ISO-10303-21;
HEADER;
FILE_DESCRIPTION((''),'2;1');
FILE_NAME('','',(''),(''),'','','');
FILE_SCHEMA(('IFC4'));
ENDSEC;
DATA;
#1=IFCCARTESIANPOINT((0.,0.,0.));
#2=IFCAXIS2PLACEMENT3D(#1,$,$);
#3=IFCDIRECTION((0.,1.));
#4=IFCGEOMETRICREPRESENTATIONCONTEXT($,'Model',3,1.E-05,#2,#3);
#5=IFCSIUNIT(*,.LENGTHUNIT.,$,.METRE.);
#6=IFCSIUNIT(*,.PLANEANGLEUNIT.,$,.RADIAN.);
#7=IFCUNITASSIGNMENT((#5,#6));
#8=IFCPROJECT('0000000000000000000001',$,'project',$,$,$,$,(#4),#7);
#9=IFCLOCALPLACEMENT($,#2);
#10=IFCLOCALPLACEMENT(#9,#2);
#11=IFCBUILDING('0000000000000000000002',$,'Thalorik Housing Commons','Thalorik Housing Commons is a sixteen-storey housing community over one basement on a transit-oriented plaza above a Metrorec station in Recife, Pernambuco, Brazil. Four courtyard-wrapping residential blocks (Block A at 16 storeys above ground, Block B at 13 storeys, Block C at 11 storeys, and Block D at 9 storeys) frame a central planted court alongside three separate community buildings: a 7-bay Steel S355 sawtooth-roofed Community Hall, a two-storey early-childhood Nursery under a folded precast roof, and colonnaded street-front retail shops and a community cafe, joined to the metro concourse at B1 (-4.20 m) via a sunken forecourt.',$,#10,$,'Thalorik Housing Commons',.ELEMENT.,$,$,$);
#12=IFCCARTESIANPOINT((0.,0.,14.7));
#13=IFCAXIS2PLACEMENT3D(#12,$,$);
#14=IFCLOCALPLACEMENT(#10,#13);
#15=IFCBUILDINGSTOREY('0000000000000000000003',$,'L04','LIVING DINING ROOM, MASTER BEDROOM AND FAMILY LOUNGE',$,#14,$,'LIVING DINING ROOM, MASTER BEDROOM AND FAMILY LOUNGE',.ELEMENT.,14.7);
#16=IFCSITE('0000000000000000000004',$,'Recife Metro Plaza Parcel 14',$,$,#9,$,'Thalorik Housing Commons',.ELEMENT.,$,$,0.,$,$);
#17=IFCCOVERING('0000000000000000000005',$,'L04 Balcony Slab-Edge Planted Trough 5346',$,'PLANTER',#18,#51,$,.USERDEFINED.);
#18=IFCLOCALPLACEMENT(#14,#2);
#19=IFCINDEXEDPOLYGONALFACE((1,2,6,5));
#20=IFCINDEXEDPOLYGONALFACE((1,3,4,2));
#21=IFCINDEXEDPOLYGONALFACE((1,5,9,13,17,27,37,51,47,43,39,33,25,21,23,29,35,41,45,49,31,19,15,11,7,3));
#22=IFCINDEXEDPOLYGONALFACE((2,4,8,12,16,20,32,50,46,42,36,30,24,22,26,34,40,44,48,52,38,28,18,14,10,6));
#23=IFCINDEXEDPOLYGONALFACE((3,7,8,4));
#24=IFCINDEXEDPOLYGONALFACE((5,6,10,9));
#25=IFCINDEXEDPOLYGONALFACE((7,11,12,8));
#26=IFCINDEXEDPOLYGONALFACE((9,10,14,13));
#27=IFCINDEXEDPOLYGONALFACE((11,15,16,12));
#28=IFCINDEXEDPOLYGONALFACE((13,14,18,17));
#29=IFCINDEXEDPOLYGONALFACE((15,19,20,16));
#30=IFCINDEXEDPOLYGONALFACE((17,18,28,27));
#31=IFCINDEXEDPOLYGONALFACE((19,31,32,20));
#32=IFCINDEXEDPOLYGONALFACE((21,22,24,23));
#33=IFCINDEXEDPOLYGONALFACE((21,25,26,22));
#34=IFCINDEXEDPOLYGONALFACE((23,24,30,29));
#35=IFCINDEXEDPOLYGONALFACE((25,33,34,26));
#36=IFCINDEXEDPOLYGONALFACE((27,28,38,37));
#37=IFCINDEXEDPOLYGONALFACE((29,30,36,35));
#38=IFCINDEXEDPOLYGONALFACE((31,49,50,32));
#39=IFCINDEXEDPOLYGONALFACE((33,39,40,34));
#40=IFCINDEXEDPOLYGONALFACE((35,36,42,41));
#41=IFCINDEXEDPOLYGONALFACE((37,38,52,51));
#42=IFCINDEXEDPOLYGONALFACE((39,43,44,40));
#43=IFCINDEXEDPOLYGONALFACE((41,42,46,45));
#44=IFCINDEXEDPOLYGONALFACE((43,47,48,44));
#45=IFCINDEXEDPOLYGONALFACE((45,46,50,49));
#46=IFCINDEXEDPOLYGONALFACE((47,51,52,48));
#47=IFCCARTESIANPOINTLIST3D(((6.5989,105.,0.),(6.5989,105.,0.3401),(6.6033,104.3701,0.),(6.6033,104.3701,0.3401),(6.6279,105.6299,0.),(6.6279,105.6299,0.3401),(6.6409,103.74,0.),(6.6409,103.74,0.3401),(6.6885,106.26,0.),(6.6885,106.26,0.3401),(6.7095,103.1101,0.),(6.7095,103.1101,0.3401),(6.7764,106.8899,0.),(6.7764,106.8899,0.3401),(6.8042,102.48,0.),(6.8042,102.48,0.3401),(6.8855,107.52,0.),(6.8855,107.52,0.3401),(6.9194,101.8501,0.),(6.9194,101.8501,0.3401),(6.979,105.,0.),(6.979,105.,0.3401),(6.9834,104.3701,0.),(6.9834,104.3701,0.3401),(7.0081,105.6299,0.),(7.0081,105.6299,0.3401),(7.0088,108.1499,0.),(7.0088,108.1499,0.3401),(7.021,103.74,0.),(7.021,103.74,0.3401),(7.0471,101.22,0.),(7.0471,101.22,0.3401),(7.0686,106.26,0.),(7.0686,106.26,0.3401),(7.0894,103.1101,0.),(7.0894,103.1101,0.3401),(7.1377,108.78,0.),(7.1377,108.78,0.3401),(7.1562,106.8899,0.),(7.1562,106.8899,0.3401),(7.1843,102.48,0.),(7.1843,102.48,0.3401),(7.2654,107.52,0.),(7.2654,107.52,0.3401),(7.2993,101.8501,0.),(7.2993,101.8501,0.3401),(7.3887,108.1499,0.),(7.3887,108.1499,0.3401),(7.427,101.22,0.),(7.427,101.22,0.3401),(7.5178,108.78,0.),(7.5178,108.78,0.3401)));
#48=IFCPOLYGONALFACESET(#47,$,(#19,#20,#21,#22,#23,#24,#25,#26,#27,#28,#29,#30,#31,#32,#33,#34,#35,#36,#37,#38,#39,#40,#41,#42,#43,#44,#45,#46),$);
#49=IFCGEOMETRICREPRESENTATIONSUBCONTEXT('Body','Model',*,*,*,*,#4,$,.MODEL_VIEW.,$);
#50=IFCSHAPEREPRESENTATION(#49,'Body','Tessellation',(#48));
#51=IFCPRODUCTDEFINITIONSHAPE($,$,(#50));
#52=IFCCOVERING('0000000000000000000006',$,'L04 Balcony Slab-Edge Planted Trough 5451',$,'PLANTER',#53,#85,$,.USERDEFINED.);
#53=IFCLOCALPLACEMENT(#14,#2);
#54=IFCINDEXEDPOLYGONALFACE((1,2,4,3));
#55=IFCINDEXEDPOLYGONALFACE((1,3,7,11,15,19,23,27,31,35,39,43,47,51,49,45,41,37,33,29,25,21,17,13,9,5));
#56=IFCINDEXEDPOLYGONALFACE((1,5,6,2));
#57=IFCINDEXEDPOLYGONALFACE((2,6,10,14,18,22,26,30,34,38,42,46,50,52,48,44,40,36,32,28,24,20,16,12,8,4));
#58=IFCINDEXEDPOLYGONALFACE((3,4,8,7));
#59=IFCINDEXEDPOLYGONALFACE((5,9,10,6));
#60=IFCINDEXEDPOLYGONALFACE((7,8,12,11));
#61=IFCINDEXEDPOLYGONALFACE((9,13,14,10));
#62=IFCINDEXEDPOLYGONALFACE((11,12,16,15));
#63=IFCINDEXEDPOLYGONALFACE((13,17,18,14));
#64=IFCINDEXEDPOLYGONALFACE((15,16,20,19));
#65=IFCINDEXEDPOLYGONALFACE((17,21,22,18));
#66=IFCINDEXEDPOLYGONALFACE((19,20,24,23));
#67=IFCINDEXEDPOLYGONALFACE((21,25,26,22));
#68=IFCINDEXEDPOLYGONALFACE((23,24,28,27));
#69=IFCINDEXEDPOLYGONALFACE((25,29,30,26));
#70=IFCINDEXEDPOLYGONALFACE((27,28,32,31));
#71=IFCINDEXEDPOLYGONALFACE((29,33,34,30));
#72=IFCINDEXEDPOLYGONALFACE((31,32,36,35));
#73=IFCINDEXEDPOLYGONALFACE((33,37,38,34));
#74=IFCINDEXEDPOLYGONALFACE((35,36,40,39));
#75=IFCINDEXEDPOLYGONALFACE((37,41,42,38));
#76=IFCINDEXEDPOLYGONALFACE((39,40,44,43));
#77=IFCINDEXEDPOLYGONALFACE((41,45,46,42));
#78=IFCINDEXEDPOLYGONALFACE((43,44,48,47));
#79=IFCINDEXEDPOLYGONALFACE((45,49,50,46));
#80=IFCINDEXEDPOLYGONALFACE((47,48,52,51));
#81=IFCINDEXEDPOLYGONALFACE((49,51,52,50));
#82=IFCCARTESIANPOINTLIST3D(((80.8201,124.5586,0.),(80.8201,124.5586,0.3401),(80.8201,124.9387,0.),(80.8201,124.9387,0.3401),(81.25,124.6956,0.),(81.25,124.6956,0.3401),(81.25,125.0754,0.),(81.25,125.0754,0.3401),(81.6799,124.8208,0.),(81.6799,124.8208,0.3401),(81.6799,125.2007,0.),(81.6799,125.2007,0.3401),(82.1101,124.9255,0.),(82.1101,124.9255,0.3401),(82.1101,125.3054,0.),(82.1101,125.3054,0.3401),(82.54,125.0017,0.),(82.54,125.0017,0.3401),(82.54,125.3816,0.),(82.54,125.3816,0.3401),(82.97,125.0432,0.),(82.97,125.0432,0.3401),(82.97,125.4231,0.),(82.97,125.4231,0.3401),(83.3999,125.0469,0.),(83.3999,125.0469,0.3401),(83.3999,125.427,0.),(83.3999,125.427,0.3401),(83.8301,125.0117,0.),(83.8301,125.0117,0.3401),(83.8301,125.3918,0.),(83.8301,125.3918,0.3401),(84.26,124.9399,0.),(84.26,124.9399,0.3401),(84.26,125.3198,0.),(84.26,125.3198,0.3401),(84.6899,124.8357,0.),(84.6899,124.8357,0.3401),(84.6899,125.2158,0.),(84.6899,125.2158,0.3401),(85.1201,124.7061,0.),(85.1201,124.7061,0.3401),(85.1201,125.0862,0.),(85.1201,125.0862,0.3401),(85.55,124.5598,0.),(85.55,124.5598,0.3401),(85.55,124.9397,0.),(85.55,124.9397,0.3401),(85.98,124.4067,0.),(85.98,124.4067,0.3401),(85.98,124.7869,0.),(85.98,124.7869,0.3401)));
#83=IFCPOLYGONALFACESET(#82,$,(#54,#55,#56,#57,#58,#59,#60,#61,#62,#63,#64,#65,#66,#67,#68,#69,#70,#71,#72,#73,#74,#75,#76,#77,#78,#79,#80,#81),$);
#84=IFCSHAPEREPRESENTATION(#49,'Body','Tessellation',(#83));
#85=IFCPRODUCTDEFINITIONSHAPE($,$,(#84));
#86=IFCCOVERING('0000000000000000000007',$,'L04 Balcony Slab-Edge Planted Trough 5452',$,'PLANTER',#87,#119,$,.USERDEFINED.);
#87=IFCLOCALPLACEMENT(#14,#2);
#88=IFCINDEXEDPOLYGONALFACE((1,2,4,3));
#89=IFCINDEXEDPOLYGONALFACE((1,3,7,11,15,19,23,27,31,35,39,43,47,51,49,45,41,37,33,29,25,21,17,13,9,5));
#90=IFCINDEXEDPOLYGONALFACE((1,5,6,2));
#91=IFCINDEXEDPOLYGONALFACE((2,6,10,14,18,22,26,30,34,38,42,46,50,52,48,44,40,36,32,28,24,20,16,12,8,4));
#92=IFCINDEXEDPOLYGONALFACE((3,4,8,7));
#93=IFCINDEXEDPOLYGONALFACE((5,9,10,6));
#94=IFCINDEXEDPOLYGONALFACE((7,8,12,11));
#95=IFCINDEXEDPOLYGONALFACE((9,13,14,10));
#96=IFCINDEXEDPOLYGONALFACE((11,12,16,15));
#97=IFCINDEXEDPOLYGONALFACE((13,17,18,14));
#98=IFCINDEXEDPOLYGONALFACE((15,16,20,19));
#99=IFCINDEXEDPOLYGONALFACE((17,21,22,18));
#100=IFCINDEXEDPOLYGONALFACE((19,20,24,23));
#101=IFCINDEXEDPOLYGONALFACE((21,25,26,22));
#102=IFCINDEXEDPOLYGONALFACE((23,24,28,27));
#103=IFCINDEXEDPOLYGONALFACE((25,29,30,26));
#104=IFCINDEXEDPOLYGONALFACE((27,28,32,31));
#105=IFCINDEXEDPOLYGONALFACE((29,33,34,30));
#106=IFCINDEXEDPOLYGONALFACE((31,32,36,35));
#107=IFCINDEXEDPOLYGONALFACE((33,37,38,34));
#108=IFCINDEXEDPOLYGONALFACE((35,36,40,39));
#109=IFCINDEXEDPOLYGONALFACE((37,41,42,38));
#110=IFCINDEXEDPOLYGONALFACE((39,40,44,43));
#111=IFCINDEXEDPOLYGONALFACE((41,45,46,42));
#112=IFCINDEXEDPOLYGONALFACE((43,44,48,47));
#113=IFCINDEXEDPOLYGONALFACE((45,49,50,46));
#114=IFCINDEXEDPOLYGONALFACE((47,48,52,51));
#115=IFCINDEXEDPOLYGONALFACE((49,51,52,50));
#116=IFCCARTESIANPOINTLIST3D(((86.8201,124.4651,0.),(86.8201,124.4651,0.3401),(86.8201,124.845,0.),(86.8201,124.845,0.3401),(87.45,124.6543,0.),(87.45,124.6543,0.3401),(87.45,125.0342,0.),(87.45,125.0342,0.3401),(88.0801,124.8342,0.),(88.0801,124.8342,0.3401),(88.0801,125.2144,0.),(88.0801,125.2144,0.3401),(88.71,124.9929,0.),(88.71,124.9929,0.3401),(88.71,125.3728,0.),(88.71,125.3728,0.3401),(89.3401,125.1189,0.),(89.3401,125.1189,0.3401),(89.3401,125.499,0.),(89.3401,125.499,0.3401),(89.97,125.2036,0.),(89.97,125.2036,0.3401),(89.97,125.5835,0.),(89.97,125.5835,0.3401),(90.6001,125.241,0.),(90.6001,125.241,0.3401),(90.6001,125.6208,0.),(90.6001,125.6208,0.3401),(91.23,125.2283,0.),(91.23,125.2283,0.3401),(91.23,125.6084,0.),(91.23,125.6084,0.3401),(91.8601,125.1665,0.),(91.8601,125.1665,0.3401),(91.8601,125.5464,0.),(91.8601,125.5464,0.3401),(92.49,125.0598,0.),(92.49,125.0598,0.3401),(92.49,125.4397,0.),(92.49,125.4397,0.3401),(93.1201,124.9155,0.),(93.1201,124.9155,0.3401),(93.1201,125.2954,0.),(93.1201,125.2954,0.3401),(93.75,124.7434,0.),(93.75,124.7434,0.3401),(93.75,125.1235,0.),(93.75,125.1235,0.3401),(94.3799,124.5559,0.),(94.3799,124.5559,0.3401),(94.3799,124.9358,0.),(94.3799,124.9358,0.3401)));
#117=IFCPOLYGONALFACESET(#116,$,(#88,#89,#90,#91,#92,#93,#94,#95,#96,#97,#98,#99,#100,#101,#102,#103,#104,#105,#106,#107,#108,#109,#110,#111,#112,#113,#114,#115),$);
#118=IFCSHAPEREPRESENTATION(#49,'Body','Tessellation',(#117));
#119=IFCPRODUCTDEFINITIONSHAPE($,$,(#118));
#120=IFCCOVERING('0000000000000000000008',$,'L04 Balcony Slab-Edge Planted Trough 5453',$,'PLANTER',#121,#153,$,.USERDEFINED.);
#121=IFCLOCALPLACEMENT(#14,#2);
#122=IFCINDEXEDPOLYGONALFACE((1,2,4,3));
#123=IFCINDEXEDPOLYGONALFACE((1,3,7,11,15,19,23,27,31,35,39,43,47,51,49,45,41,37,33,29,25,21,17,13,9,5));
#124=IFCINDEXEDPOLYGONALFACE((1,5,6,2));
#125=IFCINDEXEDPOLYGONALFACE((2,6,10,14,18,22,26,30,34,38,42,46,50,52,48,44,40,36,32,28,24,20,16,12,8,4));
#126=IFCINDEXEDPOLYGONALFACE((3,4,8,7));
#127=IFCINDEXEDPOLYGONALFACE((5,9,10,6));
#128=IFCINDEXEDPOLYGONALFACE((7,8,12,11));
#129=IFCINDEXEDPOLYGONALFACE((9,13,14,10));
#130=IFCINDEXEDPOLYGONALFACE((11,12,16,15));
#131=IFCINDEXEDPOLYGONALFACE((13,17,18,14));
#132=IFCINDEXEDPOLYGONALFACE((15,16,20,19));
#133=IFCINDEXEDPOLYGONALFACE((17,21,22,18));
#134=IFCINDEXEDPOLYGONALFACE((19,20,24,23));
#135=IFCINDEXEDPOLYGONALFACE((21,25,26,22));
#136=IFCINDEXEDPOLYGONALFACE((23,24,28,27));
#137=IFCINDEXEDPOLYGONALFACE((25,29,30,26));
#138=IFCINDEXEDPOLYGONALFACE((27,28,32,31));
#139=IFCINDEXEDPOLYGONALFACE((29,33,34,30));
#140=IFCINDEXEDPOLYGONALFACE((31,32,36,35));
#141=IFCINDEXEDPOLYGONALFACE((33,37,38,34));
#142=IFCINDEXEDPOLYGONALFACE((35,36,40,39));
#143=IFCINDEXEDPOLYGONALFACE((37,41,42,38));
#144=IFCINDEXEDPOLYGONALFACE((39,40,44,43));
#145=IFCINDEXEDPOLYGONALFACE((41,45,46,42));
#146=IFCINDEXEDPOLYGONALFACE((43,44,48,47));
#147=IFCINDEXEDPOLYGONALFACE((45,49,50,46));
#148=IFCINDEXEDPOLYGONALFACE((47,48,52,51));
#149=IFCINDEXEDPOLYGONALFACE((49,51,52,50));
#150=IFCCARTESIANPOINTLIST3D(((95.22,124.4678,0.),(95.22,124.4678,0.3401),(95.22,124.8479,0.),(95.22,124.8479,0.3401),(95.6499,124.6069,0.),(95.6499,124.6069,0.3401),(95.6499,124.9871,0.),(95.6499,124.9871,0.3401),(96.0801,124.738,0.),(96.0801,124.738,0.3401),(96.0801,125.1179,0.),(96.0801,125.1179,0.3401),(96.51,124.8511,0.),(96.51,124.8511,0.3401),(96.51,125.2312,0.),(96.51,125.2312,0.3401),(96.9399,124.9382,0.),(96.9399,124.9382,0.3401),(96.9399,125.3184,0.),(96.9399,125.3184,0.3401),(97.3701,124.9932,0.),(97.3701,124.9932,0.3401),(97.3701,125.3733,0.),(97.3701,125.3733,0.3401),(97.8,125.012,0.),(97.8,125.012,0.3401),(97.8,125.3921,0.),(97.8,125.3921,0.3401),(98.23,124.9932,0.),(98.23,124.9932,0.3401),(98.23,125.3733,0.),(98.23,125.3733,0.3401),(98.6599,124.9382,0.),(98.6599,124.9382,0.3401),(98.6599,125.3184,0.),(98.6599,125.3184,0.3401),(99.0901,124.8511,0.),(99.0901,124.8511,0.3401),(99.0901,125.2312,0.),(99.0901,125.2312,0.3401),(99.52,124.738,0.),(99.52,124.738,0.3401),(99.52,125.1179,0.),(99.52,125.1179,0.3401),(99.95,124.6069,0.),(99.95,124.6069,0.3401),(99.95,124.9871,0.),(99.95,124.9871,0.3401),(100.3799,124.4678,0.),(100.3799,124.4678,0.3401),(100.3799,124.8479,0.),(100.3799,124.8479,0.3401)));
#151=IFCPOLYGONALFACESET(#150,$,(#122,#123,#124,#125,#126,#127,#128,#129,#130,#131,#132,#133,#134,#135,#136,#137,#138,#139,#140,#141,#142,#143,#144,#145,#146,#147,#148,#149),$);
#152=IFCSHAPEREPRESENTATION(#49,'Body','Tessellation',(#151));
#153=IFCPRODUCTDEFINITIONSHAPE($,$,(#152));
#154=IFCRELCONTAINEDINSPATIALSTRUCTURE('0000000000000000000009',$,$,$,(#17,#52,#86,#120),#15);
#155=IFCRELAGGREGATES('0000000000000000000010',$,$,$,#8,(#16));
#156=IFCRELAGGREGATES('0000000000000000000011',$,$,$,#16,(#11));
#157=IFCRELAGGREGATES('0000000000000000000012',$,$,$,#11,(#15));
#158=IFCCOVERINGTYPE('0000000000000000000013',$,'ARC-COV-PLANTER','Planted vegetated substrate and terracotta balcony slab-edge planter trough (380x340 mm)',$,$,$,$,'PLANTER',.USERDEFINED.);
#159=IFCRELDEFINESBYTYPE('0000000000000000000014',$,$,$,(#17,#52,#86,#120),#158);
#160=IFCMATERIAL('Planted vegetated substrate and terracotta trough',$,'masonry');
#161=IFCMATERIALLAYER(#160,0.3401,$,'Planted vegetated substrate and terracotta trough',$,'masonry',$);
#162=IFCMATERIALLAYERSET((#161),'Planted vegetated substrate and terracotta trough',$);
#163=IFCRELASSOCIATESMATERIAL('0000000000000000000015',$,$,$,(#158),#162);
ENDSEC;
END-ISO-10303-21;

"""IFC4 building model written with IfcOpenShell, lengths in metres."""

from ifc_helpers import new_model, si_unit, direction, frame, origin, place, context, subcontext, project, spatial, polyline, outline, extrude, material, layer, layer_set, type_object, element, save


model = new_model("IFC4")

# Units and contexts
model_context = context("Model", 3, precision=1e-05, world=origin(), true_north=direction((0.0, 1.0)))
body_context = subcontext(model_context, "Body", "Model", "MODEL_VIEW")
ifc_project = project(units=[si_unit("LENGTHUNIT", "METRE"), si_unit("PLANEANGLEUNIT", "RADIAN")], contexts=[model_context])

# Site, building, storey
site_placement = place(None, origin())
site = spatial("IfcSite", under=ifc_project, at=site_placement, Name="Recife Metro Plaza Parcel 14", LongName="Thalorik Housing Commons", CompositionType="ELEMENT", RefElevation=0.0)
building_placement = place(site_placement, origin())
building = spatial("IfcBuilding", under=site, at=building_placement, Name="Thalorik Housing Commons", Description="Thalorik Housing Commons is a sixteen-storey housing community over one basement on a transit-oriented plaza above a Metrorec station in Recife, Pernambuco, Brazil. Four courtyard-wrapping residential blocks (Block A at 16 storeys above ground, Block B at 13 storeys, Block C at 11 storeys, and Block D at 9 storeys) frame a central planted court alongside three separate community buildings: a 7-bay Steel S355 sawtooth-roofed Community Hall, a two-storey early-childhood Nursery under a folded precast roof, and colonnaded street-front retail shops and a community cafe, joined to the metro concourse at B1 (-4.20 m) via a sunken forecourt.", LongName="Thalorik Housing Commons", CompositionType="ELEMENT")
storey_placement = place(building_placement, frame((0.0, 0.0, 14.7)))
storey = spatial("IfcBuildingStorey", under=building, at=storey_placement, Name="L04", Description="LIVING DINING ROOM, MASTER BEDROOM AND FAMILY LOUNGE", LongName="LIVING DINING ROOM, MASTER BEDROOM AND FAMILY LOUNGE", CompositionType="ELEMENT", Elevation=14.7)

# Coverings
ifc_material = material(Name="Planted vegetated substrate and terracotta trough", Category="masonry")
ifc_layer = layer(ifc_material, 0.3401, Name="Planted vegetated substrate and terracotta trough", Category="masonry")
ifc_layer_set = layer_set([ifc_layer], Name="Planted vegetated substrate and terracotta trough")
covering_type = type_object("IfcCoveringType", Name="ARC-COV-PLANTER", Description="Planted vegetated substrate and terracotta balcony slab-edge planter trough (380x340 mm)", ElementType="PLANTER", PredefinedType="USERDEFINED", material=ifc_layer_set)
covering_1_placement = place(storey_placement, origin())
element("IfcCovering", 1, at=covering_1_placement, inside=storey, type_object=covering_type, Name="L04 Balcony Slab-Edge Planted Trough 5346", ObjectType="PLANTER", PredefinedType="USERDEFINED", context=body_context, shape_type="SweptSolid", body=[
    extrude(outline(polyline([(7.1377, 108.78), (7.0088, 108.1499), (6.8855, 107.52), (6.7764, 106.8899), (6.6885, 106.26), (6.6279, 105.6299), (6.5989, 105.0), (6.6033, 104.3701), (6.6409, 103.74), (6.7095, 103.1101), (6.8042, 102.48), (6.9194, 101.8501), (7.0471, 101.22), (7.427, 101.22), (7.2993, 101.8501), (7.1843, 102.48), (7.0894, 103.1101), (7.021, 103.74), (6.9834, 104.3701), (6.979, 105.0), (7.0081, 105.6299), (7.0686, 106.26), (7.1562, 106.8899), (7.2654, 107.52), (7.3887, 108.1499), (7.5178, 108.78), (7.1377, 108.78)])), origin(), (0.0, 0.0, 1.0), 0.3401),
])
covering_2_placement = place(storey_placement, origin())
element("IfcCovering", 2, at=covering_2_placement, inside=storey, type_object=covering_type, Name="L04 Balcony Slab-Edge Planted Trough 5451", ObjectType="PLANTER", PredefinedType="USERDEFINED", context=body_context, shape_type="SweptSolid", body=[
    extrude(outline(polyline([(85.98, 124.7869), (85.55, 124.9397), (85.1201, 125.0862), (84.6899, 125.2158), (84.26, 125.3198), (83.8301, 125.3918), (83.3999, 125.427), (82.97, 125.4231), (82.54, 125.3816), (82.1101, 125.3054), (81.6799, 125.2007), (81.25, 125.0754), (80.8201, 124.9387), (80.8201, 124.5586), (81.25, 124.6956), (81.6799, 124.8208), (82.1101, 124.9255), (82.54, 125.0017), (82.97, 125.0432), (83.3999, 125.0469), (83.8301, 125.0117), (84.26, 124.9399), (84.6899, 124.8357), (85.1201, 124.7061), (85.55, 124.5598), (85.98, 124.4067), (85.98, 124.7869)])), origin(), (0.0, 0.0, 1.0), 0.3401),
])
covering_3_placement = place(storey_placement, origin())
element("IfcCovering", 3, at=covering_3_placement, inside=storey, type_object=covering_type, Name="L04 Balcony Slab-Edge Planted Trough 5452", ObjectType="PLANTER", PredefinedType="USERDEFINED", context=body_context, shape_type="SweptSolid", body=[
    extrude(outline(polyline([(94.3799, 124.9358), (93.75, 125.1235), (93.1201, 125.2954), (92.49, 125.4397), (91.8601, 125.5464), (91.23, 125.6084), (90.6001, 125.6208), (89.97, 125.5835), (89.3401, 125.499), (88.71, 125.3728), (88.0801, 125.2144), (87.45, 125.0342), (86.8201, 124.845), (86.8201, 124.4651), (87.45, 124.6543), (88.0801, 124.8342), (88.71, 124.9929), (89.3401, 125.1189), (89.97, 125.2036), (90.6001, 125.241), (91.23, 125.2283), (91.8601, 125.1665), (92.49, 125.0598), (93.1201, 124.9155), (93.75, 124.7434), (94.3799, 124.5559), (94.3799, 124.9358)])), origin(), (0.0, 0.0, 1.0), 0.3401),
])
covering_4_placement = place(storey_placement, origin())
element("IfcCovering", 4, at=covering_4_placement, inside=storey, type_object=covering_type, Name="L04 Balcony Slab-Edge Planted Trough 5453", ObjectType="PLANTER", PredefinedType="USERDEFINED", context=body_context, shape_type="SweptSolid", body=[
    extrude(outline(polyline([(100.3799, 124.8479), (99.95, 124.9871), (99.52, 125.1179), (99.0901, 125.2312), (98.6599, 125.3184), (98.23, 125.3733), (97.8, 125.3921), (97.3701, 125.3733), (96.9399, 125.3184), (96.51, 125.2312), (96.0801, 125.1179), (95.6499, 124.9871), (95.22, 124.8479), (95.22, 124.4678), (95.6499, 124.6069), (96.0801, 124.738), (96.51, 124.8511), (96.9399, 124.9382), (97.3701, 124.9932), (97.8, 125.012), (98.23, 124.9932), (98.6599, 124.9382), (99.0901, 124.8511), (99.52, 124.738), (99.95, 124.6069), (100.3799, 124.4678), (100.3799, 124.8479)])), origin(), (0.0, 0.0, 1.0), 0.3401),
])

save(model, "model.ifc")
